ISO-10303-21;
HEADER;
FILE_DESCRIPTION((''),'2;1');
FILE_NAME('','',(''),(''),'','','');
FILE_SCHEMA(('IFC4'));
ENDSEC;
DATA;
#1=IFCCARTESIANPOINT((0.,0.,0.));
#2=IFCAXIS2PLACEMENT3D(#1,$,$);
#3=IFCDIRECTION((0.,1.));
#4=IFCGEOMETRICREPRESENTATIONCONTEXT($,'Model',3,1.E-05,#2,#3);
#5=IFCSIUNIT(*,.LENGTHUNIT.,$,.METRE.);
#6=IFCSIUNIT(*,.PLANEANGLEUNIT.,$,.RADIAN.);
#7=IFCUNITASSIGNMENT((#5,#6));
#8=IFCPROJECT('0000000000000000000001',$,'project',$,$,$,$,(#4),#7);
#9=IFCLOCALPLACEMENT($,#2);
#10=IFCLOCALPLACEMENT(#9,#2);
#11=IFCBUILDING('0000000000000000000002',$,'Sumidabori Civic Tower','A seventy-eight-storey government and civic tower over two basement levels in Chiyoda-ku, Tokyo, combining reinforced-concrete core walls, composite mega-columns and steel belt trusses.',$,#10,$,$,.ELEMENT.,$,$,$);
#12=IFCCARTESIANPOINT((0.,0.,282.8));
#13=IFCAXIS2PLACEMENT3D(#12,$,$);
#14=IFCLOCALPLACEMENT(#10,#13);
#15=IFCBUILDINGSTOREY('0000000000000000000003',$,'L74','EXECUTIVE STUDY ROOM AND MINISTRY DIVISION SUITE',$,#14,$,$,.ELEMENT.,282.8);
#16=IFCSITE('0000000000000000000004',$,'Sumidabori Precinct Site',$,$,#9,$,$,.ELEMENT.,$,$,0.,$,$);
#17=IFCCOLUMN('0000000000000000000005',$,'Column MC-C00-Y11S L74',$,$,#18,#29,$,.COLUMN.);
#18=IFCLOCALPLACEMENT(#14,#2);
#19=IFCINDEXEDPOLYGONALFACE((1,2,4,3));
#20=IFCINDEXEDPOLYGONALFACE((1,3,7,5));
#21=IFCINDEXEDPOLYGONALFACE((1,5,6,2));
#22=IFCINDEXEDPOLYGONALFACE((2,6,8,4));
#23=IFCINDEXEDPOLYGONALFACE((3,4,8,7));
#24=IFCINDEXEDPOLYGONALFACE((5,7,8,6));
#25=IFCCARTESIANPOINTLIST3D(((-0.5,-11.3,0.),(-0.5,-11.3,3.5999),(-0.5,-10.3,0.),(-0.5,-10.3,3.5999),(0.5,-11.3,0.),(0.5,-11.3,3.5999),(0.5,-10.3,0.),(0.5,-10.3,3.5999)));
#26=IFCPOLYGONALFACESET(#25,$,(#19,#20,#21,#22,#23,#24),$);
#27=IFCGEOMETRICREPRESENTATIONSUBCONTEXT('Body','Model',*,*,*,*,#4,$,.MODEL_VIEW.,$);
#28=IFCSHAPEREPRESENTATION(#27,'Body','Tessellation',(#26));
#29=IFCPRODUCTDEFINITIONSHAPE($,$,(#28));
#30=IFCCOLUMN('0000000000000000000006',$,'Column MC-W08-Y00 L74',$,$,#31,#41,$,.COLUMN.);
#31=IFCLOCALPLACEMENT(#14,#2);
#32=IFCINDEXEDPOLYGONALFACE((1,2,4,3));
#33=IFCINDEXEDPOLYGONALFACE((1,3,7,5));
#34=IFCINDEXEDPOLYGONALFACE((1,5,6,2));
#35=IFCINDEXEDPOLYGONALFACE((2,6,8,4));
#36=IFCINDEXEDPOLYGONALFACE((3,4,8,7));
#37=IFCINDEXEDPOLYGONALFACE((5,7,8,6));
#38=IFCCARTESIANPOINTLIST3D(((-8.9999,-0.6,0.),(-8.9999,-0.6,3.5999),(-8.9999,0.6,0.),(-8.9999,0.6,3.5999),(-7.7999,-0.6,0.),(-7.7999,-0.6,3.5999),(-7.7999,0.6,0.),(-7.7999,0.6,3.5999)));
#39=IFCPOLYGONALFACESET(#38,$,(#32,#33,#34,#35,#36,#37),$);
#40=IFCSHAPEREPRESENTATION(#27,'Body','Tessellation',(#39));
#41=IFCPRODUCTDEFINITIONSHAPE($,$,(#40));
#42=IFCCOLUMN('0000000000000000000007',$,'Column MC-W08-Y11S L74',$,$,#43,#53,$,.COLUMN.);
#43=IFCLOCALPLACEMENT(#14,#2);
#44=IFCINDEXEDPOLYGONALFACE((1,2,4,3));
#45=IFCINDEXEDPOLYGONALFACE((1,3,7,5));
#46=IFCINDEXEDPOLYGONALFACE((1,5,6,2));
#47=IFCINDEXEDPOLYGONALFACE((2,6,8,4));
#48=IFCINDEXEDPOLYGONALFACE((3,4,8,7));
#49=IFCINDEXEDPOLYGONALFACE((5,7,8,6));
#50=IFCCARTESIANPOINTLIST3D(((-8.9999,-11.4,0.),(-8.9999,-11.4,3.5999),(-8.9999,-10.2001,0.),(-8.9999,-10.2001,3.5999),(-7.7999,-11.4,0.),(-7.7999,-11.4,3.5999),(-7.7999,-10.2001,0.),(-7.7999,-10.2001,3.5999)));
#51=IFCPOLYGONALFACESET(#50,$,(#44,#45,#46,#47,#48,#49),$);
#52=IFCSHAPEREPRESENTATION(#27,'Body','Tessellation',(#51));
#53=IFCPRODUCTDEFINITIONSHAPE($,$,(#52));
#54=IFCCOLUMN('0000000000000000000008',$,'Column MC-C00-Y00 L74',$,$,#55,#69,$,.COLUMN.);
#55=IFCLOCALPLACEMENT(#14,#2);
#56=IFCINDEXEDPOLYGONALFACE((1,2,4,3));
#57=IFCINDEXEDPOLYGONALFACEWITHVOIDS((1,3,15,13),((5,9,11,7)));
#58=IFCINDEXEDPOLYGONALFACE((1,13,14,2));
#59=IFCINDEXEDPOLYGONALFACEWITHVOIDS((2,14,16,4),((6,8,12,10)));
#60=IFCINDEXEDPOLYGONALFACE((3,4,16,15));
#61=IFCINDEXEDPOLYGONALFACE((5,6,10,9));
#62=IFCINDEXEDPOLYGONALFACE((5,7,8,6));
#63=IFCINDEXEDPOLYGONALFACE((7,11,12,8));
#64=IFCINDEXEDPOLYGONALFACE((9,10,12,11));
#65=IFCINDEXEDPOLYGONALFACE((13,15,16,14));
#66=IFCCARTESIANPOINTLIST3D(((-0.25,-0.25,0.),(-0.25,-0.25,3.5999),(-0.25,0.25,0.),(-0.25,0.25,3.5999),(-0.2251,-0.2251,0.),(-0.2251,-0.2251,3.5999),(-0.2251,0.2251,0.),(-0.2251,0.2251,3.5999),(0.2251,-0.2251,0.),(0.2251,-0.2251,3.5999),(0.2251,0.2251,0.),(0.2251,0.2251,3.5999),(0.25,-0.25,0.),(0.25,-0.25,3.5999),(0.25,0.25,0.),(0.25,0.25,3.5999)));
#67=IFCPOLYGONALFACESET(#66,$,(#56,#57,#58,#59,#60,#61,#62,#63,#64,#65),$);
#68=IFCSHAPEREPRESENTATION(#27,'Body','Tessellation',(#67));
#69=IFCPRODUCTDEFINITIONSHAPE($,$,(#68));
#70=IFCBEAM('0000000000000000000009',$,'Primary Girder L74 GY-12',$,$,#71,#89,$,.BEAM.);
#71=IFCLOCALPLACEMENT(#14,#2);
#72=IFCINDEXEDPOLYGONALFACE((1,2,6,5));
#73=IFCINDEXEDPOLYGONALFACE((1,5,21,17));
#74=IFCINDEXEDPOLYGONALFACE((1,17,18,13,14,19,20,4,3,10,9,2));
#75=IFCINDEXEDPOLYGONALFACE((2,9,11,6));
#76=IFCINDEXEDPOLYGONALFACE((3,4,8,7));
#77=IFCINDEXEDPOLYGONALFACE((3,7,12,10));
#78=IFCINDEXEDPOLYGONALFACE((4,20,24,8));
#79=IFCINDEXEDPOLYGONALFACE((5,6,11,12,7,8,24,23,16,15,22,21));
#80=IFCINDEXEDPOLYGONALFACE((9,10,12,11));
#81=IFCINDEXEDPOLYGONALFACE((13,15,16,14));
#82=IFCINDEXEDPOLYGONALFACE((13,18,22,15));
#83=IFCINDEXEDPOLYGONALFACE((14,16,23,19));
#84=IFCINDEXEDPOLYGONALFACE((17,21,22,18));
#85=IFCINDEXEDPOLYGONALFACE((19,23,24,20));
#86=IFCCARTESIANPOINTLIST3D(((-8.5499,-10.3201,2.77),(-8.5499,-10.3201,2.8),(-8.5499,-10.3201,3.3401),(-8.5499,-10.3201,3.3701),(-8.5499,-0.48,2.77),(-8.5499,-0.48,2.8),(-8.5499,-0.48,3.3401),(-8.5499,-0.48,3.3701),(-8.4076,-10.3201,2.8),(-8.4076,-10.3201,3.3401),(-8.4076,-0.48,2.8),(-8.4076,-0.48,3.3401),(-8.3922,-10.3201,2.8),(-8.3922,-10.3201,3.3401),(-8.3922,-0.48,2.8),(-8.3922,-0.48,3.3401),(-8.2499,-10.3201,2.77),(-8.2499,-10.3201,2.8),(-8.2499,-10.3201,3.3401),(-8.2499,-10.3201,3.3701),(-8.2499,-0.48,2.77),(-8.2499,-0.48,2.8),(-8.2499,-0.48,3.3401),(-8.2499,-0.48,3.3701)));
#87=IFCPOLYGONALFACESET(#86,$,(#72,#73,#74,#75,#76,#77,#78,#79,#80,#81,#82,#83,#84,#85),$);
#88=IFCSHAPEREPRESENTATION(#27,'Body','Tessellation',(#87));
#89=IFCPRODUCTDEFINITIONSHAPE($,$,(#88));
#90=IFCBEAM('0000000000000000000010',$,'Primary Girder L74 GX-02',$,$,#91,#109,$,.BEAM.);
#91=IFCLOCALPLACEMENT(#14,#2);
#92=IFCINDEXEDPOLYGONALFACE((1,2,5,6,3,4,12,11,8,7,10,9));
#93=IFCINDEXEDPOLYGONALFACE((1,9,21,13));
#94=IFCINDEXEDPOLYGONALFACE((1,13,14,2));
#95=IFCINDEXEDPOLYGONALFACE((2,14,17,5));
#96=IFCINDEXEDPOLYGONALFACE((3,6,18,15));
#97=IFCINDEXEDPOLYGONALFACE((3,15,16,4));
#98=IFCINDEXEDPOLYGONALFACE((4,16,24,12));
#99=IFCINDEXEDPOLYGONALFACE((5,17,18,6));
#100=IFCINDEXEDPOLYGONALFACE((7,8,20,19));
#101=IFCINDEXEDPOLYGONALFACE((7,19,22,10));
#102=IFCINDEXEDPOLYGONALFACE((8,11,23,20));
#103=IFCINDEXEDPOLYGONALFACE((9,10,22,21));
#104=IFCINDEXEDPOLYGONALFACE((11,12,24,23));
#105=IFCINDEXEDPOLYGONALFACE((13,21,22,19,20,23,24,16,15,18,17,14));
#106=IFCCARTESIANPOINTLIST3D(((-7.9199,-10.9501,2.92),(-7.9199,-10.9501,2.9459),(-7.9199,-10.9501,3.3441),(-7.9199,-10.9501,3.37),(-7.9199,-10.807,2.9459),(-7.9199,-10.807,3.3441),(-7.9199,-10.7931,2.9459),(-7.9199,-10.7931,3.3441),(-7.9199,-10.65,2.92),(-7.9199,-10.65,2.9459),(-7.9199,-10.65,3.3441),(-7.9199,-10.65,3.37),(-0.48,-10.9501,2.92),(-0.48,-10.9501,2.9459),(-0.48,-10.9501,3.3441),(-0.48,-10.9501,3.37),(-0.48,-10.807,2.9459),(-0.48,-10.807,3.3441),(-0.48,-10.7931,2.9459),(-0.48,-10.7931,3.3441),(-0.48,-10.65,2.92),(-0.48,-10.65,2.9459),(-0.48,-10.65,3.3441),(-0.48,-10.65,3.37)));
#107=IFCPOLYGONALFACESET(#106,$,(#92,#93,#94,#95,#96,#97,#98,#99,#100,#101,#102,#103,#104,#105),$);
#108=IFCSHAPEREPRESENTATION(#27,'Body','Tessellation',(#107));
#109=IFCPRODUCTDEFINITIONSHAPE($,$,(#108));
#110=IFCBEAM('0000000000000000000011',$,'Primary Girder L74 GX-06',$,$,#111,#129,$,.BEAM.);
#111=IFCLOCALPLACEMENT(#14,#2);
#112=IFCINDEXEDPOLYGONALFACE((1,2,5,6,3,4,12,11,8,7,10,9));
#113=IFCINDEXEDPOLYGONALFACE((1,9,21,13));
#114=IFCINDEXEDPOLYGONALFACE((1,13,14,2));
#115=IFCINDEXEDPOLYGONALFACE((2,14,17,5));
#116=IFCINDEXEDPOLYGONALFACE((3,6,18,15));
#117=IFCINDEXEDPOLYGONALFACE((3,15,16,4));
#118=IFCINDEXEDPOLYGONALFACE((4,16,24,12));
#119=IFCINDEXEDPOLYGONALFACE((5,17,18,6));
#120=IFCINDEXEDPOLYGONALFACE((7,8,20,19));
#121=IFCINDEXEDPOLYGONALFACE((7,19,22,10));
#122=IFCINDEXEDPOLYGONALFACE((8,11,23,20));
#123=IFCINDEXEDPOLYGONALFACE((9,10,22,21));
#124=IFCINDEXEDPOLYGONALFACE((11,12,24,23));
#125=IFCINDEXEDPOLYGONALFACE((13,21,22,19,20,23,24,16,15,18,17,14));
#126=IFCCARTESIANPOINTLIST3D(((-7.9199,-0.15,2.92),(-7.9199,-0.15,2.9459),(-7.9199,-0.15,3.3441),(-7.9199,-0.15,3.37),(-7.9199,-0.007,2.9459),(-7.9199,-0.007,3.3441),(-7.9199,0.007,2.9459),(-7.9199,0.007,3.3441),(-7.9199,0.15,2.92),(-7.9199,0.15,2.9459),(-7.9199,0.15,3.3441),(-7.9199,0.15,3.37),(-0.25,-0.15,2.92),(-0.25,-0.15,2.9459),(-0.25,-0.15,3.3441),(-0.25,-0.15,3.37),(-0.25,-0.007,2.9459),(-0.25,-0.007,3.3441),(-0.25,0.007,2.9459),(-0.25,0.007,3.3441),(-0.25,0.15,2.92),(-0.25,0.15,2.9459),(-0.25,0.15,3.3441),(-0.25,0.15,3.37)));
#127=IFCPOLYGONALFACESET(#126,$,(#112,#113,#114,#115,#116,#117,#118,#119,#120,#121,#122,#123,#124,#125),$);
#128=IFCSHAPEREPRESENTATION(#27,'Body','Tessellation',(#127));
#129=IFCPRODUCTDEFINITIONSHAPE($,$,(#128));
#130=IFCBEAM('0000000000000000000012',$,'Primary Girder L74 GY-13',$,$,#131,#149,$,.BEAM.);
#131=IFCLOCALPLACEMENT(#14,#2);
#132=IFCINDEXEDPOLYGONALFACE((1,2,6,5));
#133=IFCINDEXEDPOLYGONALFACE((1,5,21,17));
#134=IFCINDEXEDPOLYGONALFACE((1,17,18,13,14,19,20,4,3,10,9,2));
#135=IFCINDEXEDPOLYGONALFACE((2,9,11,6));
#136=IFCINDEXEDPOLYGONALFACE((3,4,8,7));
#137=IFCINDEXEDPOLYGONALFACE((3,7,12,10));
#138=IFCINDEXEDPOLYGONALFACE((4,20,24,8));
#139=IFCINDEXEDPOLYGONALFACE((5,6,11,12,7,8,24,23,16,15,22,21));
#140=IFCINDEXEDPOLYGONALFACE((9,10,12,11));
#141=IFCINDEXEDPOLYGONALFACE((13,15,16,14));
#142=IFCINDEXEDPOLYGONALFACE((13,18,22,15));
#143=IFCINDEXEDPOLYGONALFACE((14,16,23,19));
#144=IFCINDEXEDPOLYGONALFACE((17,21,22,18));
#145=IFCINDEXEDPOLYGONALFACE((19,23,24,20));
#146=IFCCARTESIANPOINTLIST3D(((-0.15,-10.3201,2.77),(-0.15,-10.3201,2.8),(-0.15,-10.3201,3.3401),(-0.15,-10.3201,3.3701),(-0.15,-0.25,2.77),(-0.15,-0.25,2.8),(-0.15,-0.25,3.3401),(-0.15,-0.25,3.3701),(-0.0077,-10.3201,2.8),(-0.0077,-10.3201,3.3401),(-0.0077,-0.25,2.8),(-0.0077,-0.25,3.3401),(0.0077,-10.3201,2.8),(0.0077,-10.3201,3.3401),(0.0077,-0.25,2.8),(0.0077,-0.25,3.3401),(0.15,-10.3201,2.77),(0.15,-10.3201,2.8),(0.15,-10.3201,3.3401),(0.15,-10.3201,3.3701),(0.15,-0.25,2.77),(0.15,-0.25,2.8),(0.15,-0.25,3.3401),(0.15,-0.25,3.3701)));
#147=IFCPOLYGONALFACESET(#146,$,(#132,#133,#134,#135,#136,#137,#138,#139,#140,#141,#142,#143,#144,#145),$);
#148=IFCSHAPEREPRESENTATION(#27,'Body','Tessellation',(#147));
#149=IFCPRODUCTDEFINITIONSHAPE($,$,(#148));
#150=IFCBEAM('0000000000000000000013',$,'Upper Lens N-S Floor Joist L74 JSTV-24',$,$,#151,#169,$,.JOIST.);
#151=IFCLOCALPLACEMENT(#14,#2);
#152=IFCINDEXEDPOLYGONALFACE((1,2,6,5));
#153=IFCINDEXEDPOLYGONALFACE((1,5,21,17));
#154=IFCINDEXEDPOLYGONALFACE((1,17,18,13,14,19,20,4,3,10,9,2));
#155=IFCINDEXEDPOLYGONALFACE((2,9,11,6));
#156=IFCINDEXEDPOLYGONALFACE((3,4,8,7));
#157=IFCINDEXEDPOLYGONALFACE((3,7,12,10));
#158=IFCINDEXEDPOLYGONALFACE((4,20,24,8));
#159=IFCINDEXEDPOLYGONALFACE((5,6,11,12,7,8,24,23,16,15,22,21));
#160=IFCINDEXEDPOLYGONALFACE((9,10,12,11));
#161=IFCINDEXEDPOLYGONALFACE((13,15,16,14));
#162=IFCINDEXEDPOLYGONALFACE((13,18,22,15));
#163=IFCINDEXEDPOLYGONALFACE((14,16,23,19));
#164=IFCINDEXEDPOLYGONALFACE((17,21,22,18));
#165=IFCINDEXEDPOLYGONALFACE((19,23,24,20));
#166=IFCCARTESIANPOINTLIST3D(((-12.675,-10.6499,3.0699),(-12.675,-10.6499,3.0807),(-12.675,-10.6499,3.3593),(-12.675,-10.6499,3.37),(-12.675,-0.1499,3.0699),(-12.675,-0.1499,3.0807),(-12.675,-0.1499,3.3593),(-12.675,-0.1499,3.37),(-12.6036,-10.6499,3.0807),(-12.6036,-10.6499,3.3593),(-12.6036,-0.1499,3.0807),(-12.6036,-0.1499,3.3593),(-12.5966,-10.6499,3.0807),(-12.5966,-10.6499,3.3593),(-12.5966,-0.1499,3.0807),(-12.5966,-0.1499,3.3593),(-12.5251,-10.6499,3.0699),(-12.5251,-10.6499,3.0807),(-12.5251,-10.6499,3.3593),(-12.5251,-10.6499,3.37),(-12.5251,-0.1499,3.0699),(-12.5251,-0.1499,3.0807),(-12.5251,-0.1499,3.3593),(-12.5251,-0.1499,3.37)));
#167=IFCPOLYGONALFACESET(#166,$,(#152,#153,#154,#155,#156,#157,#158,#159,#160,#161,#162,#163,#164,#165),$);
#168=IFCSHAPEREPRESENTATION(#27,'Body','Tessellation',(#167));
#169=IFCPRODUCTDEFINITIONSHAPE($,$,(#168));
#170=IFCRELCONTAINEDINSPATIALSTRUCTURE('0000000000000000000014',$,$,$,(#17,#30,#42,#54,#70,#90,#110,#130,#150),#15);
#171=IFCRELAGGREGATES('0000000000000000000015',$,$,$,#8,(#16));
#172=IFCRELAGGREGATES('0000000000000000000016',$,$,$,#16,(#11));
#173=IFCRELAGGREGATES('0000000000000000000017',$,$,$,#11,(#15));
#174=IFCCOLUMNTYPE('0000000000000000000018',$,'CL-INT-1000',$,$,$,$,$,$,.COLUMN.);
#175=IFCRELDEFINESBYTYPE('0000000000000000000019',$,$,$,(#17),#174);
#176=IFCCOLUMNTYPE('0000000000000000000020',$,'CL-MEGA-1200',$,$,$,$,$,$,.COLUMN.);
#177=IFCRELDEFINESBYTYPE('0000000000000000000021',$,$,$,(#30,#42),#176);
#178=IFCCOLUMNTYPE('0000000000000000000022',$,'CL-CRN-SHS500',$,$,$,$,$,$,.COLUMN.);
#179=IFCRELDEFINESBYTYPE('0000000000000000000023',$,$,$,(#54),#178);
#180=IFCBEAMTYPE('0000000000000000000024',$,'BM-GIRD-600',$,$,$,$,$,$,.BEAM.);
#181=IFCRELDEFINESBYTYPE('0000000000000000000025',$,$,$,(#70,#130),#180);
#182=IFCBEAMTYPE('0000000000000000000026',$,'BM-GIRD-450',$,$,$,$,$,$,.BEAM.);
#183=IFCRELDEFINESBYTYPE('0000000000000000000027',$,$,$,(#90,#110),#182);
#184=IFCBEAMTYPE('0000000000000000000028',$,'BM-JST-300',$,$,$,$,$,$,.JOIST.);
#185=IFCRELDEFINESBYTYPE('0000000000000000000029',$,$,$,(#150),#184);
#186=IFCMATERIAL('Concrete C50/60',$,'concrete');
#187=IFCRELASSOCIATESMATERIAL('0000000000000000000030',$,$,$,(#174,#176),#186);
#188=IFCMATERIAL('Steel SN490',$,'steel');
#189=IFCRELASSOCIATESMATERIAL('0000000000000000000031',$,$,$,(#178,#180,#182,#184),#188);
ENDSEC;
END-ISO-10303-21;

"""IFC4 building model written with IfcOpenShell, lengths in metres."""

from ifc_helpers import new_model, si_unit, direction, frame, origin, origin_with_axes, origin_2d, place, context, subcontext, project, spatial, rectangle, hollow_rectangle, i_section, extrude, source, transform, mapped, material, material_profile, profile_set, type_object, element, save


model = new_model("IFC4")

# Units and contexts
model_context = context("Model", 3, precision=1e-05, world=origin(), true_north=direction((0.0, 1.0)))
body_context = subcontext(model_context, "Body", "Model", "MODEL_VIEW")
ifc_project = project(units=[si_unit("LENGTHUNIT", "METRE"), si_unit("PLANEANGLEUNIT", "RADIAN")], contexts=[model_context])

# Site, building, storey
site_placement = place(None, origin())
site = spatial("IfcSite", under=ifc_project, at=site_placement, Name="Sumidabori Precinct Site", CompositionType="ELEMENT", RefElevation=0.0)
building_placement = place(site_placement, origin())
building = spatial("IfcBuilding", under=site, at=building_placement, Name="Sumidabori Civic Tower", Description="A seventy-eight-storey government and civic tower over two basement levels in Chiyoda-ku, Tokyo, combining reinforced-concrete core walls, composite mega-columns and steel belt trusses.", CompositionType="ELEMENT")
storey_placement = place(building_placement, frame((0.0, 0.0, 282.8)))
storey = spatial("IfcBuildingStorey", under=building, at=storey_placement, Name="L74", Description="EXECUTIVE STUDY ROOM AND MINISTRY DIVISION SUITE", CompositionType="ELEMENT", Elevation=282.8)

# Columns
ifc_material_1 = material(Name="Concrete C50/60", Category="concrete")
ifc_material_profile_1 = material_profile(ifc_material_1, rectangle(XDim=1.0, YDim=1.0, at=origin_2d()), Name="RC 1000x1000")
ifc_profile_set_1 = profile_set([ifc_material_profile_1], Name="Concrete C50/60")
column_type_1 = type_object("IfcColumnType", Name="CL-INT-1000", PredefinedType="COLUMN", material=ifc_profile_set_1)
shared_shape_1 = source(origin(), body_context, "Body", "SweptSolid", [
    extrude(rectangle(XDim=1.0, YDim=1.0, at=origin_2d()), origin(), (0.0, 0.0, 1.0), 3.5999),
])
column_1_placement = place(storey_placement, frame((0.0, -10.8, 0.0), z_axis=(0.0, 0.0, 1.0), x_axis=(1.0, 0.0, 0.0)))
element("IfcColumn", 1, at=column_1_placement, inside=storey, type_object=column_type_1, Name="Column MC-C00-Y11S L74", PredefinedType="COLUMN", context=body_context, shape_type="MappedRepresentation", body=[
    mapped(shared_shape_1, transform((0.0, 0.0, 0.0), x_axis=(1.0, 0.0, 0.0), y_axis=(0.0, 1.0, 0.0), z_axis=(0.0, 0.0, 1.0), scale=1.0)),
])
ifc_material_profile_2 = material_profile(ifc_material_1, rectangle(XDim=1.2, YDim=1.2, at=origin_2d()), Name="RC 1200x1200")
ifc_profile_set_2 = profile_set([ifc_material_profile_2], Name="Concrete C50/60")
column_type_2 = type_object("IfcColumnType", Name="CL-MEGA-1200", PredefinedType="COLUMN", material=ifc_profile_set_2)
shared_shape_2 = source(origin(), body_context, "Body", "SweptSolid", [
    extrude(rectangle(XDim=1.2, YDim=1.2, at=origin_2d()), origin(), (0.0, 0.0, 1.0), 3.5999),
])
for number, where, z_axis, x_axis, name in (
    (2, (-8.3999, 0.0, 0.0), (0.0, 0.0, 1.0), (1.0, 0.0, 0.0), "Column MC-W08-Y00 L74"),
    (3, (-8.3999, -10.8, 0.0), (0.0, 0.0, 1.0), (1.0, 0.0, 0.0), "Column MC-W08-Y11S L74"),
):
    element("IfcColumn", number, at=place(storey_placement, frame(where, z_axis=z_axis, x_axis=x_axis)), inside=storey, type_object=column_type_2, Name=name, PredefinedType="COLUMN", context=body_context, shape_type="MappedRepresentation", body=[
        mapped(shared_shape_2, transform((0.0, 0.0, 0.0), x_axis=(1.0, 0.0, 0.0), y_axis=(0.0, 1.0, 0.0), z_axis=(0.0, 0.0, 1.0), scale=1.0)),
    ])
ifc_material_2 = material(Name="Steel SN490", Category="steel")
ifc_material_profile_3 = material_profile(ifc_material_2, hollow_rectangle(XDim=0.5, YDim=0.5, WallThickness=0.0249, at=origin_2d()), Name="SHS 500x500x25")
ifc_profile_set_3 = profile_set([ifc_material_profile_3], Name="Steel SN490")
column_type_3 = type_object("IfcColumnType", Name="CL-CRN-SHS500", PredefinedType="COLUMN", material=ifc_profile_set_3)
shared_shape_3 = source(origin(), body_context, "Body", "SweptSolid", [
    extrude(hollow_rectangle(XDim=0.5, YDim=0.5, WallThickness=0.0249, at=origin_2d()), origin(), (0.0, 0.0, 1.0), 3.5999),
])
column_2_placement = place(storey_placement, origin_with_axes())
element("IfcColumn", 4, at=column_2_placement, inside=storey, type_object=column_type_3, Name="Column MC-C00-Y00 L74", PredefinedType="COLUMN", context=body_context, shape_type="MappedRepresentation", body=[
    mapped(shared_shape_3, transform((0.0, 0.0, 0.0), x_axis=(1.0, 0.0, 0.0), y_axis=(0.0, 1.0, 0.0), z_axis=(0.0, 0.0, 1.0), scale=1.0)),
])

# Beams
ifc_material_profile_4 = material_profile(ifc_material_2, i_section(OverallWidth=0.3, OverallDepth=0.6001, WebThickness=0.0154, FlangeThickness=0.03, at=origin_2d()), Name="HE 600 B")
ifc_profile_set_4 = profile_set([ifc_material_profile_4], Name="Steel SN490")
beam_type_1 = type_object("IfcBeamType", Name="BM-GIRD-600", PredefinedType="BEAM", material=ifc_profile_set_4)
shared_shape_4 = source(origin(), body_context, "Body", "SweptSolid", [
    extrude(i_section(OverallWidth=0.3, OverallDepth=0.6001, WebThickness=0.0154, FlangeThickness=0.03, at=origin_2d()), origin(), (0.0, 0.0, 1.0), 9.8401),
])
beam_1_placement = place(storey_placement, frame((-8.3999, -10.3201, 3.0701), z_axis=(0.0, 1.0, 0.0), x_axis=(-1.0, 0.0, 0.0)))
element("IfcBeam", 5, at=beam_1_placement, inside=storey, type_object=beam_type_1, Name="Primary Girder L74 GY-12", PredefinedType="BEAM", context=body_context, shape_type="MappedRepresentation", body=[
    mapped(shared_shape_4, transform((0.0, 0.0, 0.0), x_axis=(1.0, 0.0, 0.0), y_axis=(0.0, 1.0, 0.0), z_axis=(0.0, 0.0, 1.0), scale=1.0)),
])
ifc_material_profile_5 = material_profile(ifc_material_2, i_section(OverallWidth=0.3, OverallDepth=0.45, WebThickness=0.0139, FlangeThickness=0.0259, at=origin_2d()), Name="HE 450 B")
ifc_profile_set_5 = profile_set([ifc_material_profile_5], Name="Steel SN490")
beam_type_2 = type_object("IfcBeamType", Name="BM-GIRD-450", PredefinedType="BEAM", material=ifc_profile_set_5)
shared_shape_5 = source(origin(), body_context, "Body", "SweptSolid", [
    extrude(i_section(OverallWidth=0.3, OverallDepth=0.45, WebThickness=0.0139, FlangeThickness=0.0259, at=origin_2d()), origin(), (0.0, 0.0, 1.0), 7.4399),
])
beam_2_placement = place(storey_placement, frame((-7.9199, -10.8, 3.145), z_axis=(1.0, 0.0, 0.0), x_axis=(0.0, 1.0, 0.0)))
element("IfcBeam", 6, at=beam_2_placement, inside=storey, type_object=beam_type_2, Name="Primary Girder L74 GX-02", PredefinedType="BEAM", context=body_context, shape_type="MappedRepresentation", body=[
    mapped(shared_shape_5, transform((0.0, 0.0, 0.0), x_axis=(1.0, 0.0, 0.0), y_axis=(0.0, 1.0, 0.0), z_axis=(0.0, 0.0, 1.0), scale=1.0)),
])
shared_shape_6 = source(origin(), body_context, "Body", "SweptSolid", [
    extrude(i_section(OverallWidth=0.3, OverallDepth=0.45, WebThickness=0.0139, FlangeThickness=0.0259, at=origin_2d()), origin(), (0.0, 0.0, 1.0), 7.6699),
])
beam_3_placement = place(storey_placement, frame((-7.9199, 0.0, 3.145), z_axis=(1.0, 0.0, 0.0), x_axis=(0.0, 1.0, 0.0)))
element("IfcBeam", 7, at=beam_3_placement, inside=storey, type_object=beam_type_2, Name="Primary Girder L74 GX-06", PredefinedType="BEAM", context=body_context, shape_type="MappedRepresentation", body=[
    mapped(shared_shape_6, transform((0.0, 0.0, 0.0), x_axis=(1.0, 0.0, 0.0), y_axis=(0.0, 1.0, 0.0), z_axis=(0.0, 0.0, 1.0), scale=1.0)),
])
shared_shape_7 = source(origin(), body_context, "Body", "SweptSolid", [
    extrude(i_section(OverallWidth=0.3, OverallDepth=0.6001, WebThickness=0.0154, FlangeThickness=0.03, at=origin_2d()), origin(), (0.0, 0.0, 1.0), 10.0701),
])
beam_4_placement = place(storey_placement, frame((0.0, -10.3201, 3.0701), z_axis=(0.0, 1.0, 0.0), x_axis=(-1.0, 0.0, 0.0)))
element("IfcBeam", 8, at=beam_4_placement, inside=storey, type_object=beam_type_1, Name="Primary Girder L74 GY-13", PredefinedType="BEAM", context=body_context, shape_type="MappedRepresentation", body=[
    mapped(shared_shape_7, transform((0.0, 0.0, 0.0), x_axis=(1.0, 0.0, 0.0), y_axis=(0.0, 1.0, 0.0), z_axis=(0.0, 0.0, 1.0), scale=1.0)),
])
ifc_material_profile_6 = material_profile(ifc_material_2, i_section(OverallWidth=0.1499, OverallDepth=0.3, WebThickness=0.0071, FlangeThickness=0.0107, at=origin_2d()), Name="IPE 300")
ifc_profile_set_6 = profile_set([ifc_material_profile_6], Name="Steel SN490")
beam_type_3 = type_object("IfcBeamType", Name="BM-JST-300", PredefinedType="JOIST", material=ifc_profile_set_6)
shared_shape_8 = source(origin(), body_context, "Body", "SweptSolid", [
    extrude(i_section(OverallWidth=0.1499, OverallDepth=0.3, WebThickness=0.0071, FlangeThickness=0.0107, at=origin_2d()), origin(), (0.0, 0.0, 1.0), 10.5),
])
for number, where, z_axis, x_axis, name in (
    (9, (-12.6001, -10.6499, 3.22), (0.0, 1.0, 0.0), (-1.0, 0.0, 0.0), "Upper Lens N-S Floor Joist L74 JSTV-24"),
):
    element("IfcBeam", number, at=place(storey_placement, frame(where, z_axis=z_axis, x_axis=x_axis)), inside=storey, type_object=beam_type_3, Name=name, PredefinedType="JOIST", context=body_context, shape_type="MappedRepresentation", body=[
        mapped(shared_shape_8, transform((0.0, 0.0, 0.0), x_axis=(1.0, 0.0, 0.0), y_axis=(0.0, 1.0, 0.0), z_axis=(0.0, 0.0, 1.0), scale=1.0)),
    ])

save(model, "model.ifc")
